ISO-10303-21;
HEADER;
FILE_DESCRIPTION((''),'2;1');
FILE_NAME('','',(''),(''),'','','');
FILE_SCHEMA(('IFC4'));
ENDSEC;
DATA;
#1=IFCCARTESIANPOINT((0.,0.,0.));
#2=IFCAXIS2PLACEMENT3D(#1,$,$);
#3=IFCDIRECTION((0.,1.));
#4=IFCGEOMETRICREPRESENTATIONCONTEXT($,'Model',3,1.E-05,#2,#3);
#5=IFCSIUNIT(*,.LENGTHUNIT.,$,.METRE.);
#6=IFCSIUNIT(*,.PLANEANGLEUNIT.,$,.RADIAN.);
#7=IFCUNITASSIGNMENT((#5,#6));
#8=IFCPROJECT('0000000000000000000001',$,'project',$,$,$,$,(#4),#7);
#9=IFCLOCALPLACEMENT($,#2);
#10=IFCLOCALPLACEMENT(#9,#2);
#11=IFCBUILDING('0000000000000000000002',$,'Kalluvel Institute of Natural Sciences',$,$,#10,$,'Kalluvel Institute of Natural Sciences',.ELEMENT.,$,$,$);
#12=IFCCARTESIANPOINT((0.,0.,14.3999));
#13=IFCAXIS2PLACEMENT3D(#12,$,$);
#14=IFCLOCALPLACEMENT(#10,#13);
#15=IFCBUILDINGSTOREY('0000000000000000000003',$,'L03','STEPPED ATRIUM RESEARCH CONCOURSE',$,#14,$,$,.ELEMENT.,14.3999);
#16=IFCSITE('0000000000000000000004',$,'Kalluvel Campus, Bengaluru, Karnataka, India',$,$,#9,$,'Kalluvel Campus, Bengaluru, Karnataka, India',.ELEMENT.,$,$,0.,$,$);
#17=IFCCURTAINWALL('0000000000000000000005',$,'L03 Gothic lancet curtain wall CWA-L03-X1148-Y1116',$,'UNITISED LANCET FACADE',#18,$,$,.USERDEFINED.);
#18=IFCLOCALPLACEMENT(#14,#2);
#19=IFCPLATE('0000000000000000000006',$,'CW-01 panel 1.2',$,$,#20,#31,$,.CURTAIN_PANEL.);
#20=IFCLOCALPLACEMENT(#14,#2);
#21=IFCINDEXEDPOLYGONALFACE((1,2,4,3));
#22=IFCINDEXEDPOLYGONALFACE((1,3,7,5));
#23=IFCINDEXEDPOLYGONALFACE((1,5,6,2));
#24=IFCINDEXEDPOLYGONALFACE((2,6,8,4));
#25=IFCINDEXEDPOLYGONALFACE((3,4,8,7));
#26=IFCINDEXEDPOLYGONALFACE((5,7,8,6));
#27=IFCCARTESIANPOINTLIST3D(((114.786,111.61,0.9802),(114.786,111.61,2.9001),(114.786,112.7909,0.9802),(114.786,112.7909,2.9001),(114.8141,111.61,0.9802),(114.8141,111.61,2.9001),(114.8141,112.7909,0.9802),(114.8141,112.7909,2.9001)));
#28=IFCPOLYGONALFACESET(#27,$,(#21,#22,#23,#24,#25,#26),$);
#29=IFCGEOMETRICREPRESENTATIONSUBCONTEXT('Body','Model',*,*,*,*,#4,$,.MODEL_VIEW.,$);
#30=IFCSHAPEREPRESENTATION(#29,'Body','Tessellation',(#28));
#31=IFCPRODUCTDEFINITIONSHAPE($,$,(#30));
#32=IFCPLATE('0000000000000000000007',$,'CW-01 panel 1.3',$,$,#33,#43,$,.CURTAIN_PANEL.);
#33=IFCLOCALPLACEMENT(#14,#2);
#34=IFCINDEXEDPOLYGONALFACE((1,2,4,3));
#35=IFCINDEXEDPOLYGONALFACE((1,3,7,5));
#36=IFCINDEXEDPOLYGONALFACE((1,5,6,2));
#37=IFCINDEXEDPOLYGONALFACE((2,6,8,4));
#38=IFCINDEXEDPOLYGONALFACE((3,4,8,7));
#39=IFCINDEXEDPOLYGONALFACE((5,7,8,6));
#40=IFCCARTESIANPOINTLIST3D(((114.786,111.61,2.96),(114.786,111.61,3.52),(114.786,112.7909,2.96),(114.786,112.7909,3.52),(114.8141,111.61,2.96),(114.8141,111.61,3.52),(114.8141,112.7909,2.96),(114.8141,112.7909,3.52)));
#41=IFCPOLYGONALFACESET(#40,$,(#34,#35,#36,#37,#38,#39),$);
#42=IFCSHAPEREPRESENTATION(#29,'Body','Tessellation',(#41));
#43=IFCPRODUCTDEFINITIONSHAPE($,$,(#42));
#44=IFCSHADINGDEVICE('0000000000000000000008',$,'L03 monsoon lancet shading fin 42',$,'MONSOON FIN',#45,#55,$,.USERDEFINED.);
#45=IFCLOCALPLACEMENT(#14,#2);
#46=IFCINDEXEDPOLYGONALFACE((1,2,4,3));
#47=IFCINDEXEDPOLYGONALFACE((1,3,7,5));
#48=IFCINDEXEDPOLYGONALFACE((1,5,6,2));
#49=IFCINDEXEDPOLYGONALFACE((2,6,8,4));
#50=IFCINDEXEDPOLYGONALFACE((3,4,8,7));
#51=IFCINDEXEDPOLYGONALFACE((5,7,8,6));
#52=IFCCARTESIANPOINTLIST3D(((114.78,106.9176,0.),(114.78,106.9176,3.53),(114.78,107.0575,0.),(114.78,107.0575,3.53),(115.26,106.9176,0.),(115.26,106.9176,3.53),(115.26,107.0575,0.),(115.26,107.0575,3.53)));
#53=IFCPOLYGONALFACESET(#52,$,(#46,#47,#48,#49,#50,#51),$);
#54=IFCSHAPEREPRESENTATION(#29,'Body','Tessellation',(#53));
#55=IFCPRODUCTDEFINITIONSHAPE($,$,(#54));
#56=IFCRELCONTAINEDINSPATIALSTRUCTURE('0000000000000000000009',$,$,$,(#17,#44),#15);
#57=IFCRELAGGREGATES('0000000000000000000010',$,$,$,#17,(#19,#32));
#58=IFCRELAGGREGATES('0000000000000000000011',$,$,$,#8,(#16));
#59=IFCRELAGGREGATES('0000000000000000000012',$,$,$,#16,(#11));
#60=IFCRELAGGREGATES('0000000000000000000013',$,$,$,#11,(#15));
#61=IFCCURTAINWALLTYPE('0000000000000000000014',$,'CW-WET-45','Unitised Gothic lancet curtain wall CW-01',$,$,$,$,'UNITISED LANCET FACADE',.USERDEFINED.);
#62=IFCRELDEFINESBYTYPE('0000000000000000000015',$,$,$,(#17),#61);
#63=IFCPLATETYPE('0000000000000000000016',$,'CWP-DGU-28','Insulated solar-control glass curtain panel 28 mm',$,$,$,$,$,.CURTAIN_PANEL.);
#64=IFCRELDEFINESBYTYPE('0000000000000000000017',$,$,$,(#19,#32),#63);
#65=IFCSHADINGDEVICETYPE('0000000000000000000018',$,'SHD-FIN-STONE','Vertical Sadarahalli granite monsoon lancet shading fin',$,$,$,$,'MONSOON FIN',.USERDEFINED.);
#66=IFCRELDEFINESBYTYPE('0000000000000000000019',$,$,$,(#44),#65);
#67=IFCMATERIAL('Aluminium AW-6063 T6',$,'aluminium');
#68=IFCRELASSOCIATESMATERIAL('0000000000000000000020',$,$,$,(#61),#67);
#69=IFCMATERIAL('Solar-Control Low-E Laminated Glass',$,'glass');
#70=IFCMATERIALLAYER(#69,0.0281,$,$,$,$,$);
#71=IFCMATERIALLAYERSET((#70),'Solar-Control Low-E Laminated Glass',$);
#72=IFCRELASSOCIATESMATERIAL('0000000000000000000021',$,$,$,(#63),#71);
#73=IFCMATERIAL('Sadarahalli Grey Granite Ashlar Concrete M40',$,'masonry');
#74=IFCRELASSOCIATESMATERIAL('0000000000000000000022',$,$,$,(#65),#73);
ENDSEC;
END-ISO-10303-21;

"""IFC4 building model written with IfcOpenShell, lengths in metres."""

from ifc_helpers import new_model, si_unit, direction, frame, origin, origin_2d, place, context, subcontext, project, spatial, rectangle, extrude, material, layer, layer_set, type_object, element, aggregate, save


model = new_model("IFC4")

# Units and contexts
model_context = context("Model", 3, precision=1e-05, world=origin(), true_north=direction((0.0, 1.0)))
body_context = subcontext(model_context, "Body", "Model", "MODEL_VIEW")
ifc_project = project(units=[si_unit("LENGTHUNIT", "METRE"), si_unit("PLANEANGLEUNIT", "RADIAN")], contexts=[model_context])

# Site, building, storey
site_placement = place(None, origin())
site = spatial("IfcSite", under=ifc_project, at=site_placement, Name="Kalluvel Campus, Bengaluru, Karnataka, India", LongName="Kalluvel Campus, Bengaluru, Karnataka, India", CompositionType="ELEMENT", RefElevation=0.0)
building_placement = place(site_placement, origin())
building = spatial("IfcBuilding", under=site, at=building_placement, Name="Kalluvel Institute of Natural Sciences", LongName="Kalluvel Institute of Natural Sciences", CompositionType="ELEMENT")
storey_placement = place(building_placement, frame((0.0, 0.0, 14.3999)))
storey = spatial("IfcBuildingStorey", under=building, at=storey_placement, Name="L03", Description="STEPPED ATRIUM RESEARCH CONCOURSE", CompositionType="ELEMENT", Elevation=14.3999)

# Curtain wall
ifc_material_1 = material(Name="Aluminium AW-6063 T6", Category="aluminium")
curtain_wall_type = type_object("IfcCurtainWallType", Name="CW-WET-45", Description="Unitised Gothic lancet curtain wall CW-01", ElementType="UNITISED LANCET FACADE", PredefinedType="USERDEFINED", material=ifc_material_1)
curtain_wall_1_placement = place(storey_placement, origin())
curtain_wall_1 = element("IfcCurtainWall", 1, at=curtain_wall_1_placement, inside=storey, type_object=curtain_wall_type, Name="L03 Gothic lancet curtain wall CWA-L03-X1148-Y1116", ObjectType="UNITISED LANCET FACADE", PredefinedType="USERDEFINED")

# Plates
ifc_material_2 = material(Name="Solar-Control Low-E Laminated Glass", Category="glass")
ifc_layer = layer(ifc_material_2, 0.0281)
ifc_layer_set = layer_set([ifc_layer], Name="Solar-Control Low-E Laminated Glass")
plate_type = type_object("IfcPlateType", Name="CWP-DGU-28", Description="Insulated solar-control glass curtain panel 28 mm", PredefinedType="CURTAIN_PANEL", material=ifc_layer_set)
plate_1_placement = place(storey_placement, frame((114.8, 112.2004, 0.9802), z_axis=(0.0, 0.0, 1.0), x_axis=(0.0, 1.0, 0.0)))
plate_1 = element("IfcPlate", 2, at=plate_1_placement, type_object=plate_type, Name="CW-01 panel 1.2", PredefinedType="CURTAIN_PANEL", context=body_context, shape_type="SweptSolid", body=[
    extrude(rectangle(XDim=1.1809, YDim=0.0281, at=origin_2d()), origin(), (0.0, 0.0, 1.0), 1.9199),
])
plate_2_placement = place(storey_placement, frame((114.8, 112.2004, 2.96), z_axis=(0.0, 0.0, 1.0), x_axis=(0.0, 1.0, 0.0)))
plate_2 = element("IfcPlate", 3, at=plate_2_placement, type_object=plate_type, Name="CW-01 panel 1.3", PredefinedType="CURTAIN_PANEL", context=body_context, shape_type="SweptSolid", body=[
    extrude(rectangle(XDim=1.1809, YDim=0.0281, at=origin_2d()), origin(), (0.0, 0.0, 1.0), 0.5601),
])
aggregate(curtain_wall_1, [plate_1, plate_2])

# Shading device
ifc_material_3 = material(Name="Sadarahalli Grey Granite Ashlar Concrete M40", Category="masonry")
shading_device_type = type_object("IfcShadingDeviceType", Name="SHD-FIN-STONE", Description="Vertical Sadarahalli granite monsoon lancet shading fin", ElementType="MONSOON FIN", PredefinedType="USERDEFINED", material=ifc_material_3)
shading_device_placement = place(storey_placement, frame((115.02, 106.9875, 0.0), z_axis=(0.0, 0.0, 1.0), x_axis=(0.0, 1.0, 0.0)))
element("IfcShadingDevice", 4, at=shading_device_placement, inside=storey, type_object=shading_device_type, Name="L03 monsoon lancet shading fin 42", ObjectType="MONSOON FIN", PredefinedType="USERDEFINED", context=body_context, shape_type="SweptSolid", body=[
    extrude(rectangle(XDim=0.1399, YDim=0.48, at=origin_2d()), origin(), (0.0, 0.0, 1.0), 3.53),
])

save(model, "model.ifc")
